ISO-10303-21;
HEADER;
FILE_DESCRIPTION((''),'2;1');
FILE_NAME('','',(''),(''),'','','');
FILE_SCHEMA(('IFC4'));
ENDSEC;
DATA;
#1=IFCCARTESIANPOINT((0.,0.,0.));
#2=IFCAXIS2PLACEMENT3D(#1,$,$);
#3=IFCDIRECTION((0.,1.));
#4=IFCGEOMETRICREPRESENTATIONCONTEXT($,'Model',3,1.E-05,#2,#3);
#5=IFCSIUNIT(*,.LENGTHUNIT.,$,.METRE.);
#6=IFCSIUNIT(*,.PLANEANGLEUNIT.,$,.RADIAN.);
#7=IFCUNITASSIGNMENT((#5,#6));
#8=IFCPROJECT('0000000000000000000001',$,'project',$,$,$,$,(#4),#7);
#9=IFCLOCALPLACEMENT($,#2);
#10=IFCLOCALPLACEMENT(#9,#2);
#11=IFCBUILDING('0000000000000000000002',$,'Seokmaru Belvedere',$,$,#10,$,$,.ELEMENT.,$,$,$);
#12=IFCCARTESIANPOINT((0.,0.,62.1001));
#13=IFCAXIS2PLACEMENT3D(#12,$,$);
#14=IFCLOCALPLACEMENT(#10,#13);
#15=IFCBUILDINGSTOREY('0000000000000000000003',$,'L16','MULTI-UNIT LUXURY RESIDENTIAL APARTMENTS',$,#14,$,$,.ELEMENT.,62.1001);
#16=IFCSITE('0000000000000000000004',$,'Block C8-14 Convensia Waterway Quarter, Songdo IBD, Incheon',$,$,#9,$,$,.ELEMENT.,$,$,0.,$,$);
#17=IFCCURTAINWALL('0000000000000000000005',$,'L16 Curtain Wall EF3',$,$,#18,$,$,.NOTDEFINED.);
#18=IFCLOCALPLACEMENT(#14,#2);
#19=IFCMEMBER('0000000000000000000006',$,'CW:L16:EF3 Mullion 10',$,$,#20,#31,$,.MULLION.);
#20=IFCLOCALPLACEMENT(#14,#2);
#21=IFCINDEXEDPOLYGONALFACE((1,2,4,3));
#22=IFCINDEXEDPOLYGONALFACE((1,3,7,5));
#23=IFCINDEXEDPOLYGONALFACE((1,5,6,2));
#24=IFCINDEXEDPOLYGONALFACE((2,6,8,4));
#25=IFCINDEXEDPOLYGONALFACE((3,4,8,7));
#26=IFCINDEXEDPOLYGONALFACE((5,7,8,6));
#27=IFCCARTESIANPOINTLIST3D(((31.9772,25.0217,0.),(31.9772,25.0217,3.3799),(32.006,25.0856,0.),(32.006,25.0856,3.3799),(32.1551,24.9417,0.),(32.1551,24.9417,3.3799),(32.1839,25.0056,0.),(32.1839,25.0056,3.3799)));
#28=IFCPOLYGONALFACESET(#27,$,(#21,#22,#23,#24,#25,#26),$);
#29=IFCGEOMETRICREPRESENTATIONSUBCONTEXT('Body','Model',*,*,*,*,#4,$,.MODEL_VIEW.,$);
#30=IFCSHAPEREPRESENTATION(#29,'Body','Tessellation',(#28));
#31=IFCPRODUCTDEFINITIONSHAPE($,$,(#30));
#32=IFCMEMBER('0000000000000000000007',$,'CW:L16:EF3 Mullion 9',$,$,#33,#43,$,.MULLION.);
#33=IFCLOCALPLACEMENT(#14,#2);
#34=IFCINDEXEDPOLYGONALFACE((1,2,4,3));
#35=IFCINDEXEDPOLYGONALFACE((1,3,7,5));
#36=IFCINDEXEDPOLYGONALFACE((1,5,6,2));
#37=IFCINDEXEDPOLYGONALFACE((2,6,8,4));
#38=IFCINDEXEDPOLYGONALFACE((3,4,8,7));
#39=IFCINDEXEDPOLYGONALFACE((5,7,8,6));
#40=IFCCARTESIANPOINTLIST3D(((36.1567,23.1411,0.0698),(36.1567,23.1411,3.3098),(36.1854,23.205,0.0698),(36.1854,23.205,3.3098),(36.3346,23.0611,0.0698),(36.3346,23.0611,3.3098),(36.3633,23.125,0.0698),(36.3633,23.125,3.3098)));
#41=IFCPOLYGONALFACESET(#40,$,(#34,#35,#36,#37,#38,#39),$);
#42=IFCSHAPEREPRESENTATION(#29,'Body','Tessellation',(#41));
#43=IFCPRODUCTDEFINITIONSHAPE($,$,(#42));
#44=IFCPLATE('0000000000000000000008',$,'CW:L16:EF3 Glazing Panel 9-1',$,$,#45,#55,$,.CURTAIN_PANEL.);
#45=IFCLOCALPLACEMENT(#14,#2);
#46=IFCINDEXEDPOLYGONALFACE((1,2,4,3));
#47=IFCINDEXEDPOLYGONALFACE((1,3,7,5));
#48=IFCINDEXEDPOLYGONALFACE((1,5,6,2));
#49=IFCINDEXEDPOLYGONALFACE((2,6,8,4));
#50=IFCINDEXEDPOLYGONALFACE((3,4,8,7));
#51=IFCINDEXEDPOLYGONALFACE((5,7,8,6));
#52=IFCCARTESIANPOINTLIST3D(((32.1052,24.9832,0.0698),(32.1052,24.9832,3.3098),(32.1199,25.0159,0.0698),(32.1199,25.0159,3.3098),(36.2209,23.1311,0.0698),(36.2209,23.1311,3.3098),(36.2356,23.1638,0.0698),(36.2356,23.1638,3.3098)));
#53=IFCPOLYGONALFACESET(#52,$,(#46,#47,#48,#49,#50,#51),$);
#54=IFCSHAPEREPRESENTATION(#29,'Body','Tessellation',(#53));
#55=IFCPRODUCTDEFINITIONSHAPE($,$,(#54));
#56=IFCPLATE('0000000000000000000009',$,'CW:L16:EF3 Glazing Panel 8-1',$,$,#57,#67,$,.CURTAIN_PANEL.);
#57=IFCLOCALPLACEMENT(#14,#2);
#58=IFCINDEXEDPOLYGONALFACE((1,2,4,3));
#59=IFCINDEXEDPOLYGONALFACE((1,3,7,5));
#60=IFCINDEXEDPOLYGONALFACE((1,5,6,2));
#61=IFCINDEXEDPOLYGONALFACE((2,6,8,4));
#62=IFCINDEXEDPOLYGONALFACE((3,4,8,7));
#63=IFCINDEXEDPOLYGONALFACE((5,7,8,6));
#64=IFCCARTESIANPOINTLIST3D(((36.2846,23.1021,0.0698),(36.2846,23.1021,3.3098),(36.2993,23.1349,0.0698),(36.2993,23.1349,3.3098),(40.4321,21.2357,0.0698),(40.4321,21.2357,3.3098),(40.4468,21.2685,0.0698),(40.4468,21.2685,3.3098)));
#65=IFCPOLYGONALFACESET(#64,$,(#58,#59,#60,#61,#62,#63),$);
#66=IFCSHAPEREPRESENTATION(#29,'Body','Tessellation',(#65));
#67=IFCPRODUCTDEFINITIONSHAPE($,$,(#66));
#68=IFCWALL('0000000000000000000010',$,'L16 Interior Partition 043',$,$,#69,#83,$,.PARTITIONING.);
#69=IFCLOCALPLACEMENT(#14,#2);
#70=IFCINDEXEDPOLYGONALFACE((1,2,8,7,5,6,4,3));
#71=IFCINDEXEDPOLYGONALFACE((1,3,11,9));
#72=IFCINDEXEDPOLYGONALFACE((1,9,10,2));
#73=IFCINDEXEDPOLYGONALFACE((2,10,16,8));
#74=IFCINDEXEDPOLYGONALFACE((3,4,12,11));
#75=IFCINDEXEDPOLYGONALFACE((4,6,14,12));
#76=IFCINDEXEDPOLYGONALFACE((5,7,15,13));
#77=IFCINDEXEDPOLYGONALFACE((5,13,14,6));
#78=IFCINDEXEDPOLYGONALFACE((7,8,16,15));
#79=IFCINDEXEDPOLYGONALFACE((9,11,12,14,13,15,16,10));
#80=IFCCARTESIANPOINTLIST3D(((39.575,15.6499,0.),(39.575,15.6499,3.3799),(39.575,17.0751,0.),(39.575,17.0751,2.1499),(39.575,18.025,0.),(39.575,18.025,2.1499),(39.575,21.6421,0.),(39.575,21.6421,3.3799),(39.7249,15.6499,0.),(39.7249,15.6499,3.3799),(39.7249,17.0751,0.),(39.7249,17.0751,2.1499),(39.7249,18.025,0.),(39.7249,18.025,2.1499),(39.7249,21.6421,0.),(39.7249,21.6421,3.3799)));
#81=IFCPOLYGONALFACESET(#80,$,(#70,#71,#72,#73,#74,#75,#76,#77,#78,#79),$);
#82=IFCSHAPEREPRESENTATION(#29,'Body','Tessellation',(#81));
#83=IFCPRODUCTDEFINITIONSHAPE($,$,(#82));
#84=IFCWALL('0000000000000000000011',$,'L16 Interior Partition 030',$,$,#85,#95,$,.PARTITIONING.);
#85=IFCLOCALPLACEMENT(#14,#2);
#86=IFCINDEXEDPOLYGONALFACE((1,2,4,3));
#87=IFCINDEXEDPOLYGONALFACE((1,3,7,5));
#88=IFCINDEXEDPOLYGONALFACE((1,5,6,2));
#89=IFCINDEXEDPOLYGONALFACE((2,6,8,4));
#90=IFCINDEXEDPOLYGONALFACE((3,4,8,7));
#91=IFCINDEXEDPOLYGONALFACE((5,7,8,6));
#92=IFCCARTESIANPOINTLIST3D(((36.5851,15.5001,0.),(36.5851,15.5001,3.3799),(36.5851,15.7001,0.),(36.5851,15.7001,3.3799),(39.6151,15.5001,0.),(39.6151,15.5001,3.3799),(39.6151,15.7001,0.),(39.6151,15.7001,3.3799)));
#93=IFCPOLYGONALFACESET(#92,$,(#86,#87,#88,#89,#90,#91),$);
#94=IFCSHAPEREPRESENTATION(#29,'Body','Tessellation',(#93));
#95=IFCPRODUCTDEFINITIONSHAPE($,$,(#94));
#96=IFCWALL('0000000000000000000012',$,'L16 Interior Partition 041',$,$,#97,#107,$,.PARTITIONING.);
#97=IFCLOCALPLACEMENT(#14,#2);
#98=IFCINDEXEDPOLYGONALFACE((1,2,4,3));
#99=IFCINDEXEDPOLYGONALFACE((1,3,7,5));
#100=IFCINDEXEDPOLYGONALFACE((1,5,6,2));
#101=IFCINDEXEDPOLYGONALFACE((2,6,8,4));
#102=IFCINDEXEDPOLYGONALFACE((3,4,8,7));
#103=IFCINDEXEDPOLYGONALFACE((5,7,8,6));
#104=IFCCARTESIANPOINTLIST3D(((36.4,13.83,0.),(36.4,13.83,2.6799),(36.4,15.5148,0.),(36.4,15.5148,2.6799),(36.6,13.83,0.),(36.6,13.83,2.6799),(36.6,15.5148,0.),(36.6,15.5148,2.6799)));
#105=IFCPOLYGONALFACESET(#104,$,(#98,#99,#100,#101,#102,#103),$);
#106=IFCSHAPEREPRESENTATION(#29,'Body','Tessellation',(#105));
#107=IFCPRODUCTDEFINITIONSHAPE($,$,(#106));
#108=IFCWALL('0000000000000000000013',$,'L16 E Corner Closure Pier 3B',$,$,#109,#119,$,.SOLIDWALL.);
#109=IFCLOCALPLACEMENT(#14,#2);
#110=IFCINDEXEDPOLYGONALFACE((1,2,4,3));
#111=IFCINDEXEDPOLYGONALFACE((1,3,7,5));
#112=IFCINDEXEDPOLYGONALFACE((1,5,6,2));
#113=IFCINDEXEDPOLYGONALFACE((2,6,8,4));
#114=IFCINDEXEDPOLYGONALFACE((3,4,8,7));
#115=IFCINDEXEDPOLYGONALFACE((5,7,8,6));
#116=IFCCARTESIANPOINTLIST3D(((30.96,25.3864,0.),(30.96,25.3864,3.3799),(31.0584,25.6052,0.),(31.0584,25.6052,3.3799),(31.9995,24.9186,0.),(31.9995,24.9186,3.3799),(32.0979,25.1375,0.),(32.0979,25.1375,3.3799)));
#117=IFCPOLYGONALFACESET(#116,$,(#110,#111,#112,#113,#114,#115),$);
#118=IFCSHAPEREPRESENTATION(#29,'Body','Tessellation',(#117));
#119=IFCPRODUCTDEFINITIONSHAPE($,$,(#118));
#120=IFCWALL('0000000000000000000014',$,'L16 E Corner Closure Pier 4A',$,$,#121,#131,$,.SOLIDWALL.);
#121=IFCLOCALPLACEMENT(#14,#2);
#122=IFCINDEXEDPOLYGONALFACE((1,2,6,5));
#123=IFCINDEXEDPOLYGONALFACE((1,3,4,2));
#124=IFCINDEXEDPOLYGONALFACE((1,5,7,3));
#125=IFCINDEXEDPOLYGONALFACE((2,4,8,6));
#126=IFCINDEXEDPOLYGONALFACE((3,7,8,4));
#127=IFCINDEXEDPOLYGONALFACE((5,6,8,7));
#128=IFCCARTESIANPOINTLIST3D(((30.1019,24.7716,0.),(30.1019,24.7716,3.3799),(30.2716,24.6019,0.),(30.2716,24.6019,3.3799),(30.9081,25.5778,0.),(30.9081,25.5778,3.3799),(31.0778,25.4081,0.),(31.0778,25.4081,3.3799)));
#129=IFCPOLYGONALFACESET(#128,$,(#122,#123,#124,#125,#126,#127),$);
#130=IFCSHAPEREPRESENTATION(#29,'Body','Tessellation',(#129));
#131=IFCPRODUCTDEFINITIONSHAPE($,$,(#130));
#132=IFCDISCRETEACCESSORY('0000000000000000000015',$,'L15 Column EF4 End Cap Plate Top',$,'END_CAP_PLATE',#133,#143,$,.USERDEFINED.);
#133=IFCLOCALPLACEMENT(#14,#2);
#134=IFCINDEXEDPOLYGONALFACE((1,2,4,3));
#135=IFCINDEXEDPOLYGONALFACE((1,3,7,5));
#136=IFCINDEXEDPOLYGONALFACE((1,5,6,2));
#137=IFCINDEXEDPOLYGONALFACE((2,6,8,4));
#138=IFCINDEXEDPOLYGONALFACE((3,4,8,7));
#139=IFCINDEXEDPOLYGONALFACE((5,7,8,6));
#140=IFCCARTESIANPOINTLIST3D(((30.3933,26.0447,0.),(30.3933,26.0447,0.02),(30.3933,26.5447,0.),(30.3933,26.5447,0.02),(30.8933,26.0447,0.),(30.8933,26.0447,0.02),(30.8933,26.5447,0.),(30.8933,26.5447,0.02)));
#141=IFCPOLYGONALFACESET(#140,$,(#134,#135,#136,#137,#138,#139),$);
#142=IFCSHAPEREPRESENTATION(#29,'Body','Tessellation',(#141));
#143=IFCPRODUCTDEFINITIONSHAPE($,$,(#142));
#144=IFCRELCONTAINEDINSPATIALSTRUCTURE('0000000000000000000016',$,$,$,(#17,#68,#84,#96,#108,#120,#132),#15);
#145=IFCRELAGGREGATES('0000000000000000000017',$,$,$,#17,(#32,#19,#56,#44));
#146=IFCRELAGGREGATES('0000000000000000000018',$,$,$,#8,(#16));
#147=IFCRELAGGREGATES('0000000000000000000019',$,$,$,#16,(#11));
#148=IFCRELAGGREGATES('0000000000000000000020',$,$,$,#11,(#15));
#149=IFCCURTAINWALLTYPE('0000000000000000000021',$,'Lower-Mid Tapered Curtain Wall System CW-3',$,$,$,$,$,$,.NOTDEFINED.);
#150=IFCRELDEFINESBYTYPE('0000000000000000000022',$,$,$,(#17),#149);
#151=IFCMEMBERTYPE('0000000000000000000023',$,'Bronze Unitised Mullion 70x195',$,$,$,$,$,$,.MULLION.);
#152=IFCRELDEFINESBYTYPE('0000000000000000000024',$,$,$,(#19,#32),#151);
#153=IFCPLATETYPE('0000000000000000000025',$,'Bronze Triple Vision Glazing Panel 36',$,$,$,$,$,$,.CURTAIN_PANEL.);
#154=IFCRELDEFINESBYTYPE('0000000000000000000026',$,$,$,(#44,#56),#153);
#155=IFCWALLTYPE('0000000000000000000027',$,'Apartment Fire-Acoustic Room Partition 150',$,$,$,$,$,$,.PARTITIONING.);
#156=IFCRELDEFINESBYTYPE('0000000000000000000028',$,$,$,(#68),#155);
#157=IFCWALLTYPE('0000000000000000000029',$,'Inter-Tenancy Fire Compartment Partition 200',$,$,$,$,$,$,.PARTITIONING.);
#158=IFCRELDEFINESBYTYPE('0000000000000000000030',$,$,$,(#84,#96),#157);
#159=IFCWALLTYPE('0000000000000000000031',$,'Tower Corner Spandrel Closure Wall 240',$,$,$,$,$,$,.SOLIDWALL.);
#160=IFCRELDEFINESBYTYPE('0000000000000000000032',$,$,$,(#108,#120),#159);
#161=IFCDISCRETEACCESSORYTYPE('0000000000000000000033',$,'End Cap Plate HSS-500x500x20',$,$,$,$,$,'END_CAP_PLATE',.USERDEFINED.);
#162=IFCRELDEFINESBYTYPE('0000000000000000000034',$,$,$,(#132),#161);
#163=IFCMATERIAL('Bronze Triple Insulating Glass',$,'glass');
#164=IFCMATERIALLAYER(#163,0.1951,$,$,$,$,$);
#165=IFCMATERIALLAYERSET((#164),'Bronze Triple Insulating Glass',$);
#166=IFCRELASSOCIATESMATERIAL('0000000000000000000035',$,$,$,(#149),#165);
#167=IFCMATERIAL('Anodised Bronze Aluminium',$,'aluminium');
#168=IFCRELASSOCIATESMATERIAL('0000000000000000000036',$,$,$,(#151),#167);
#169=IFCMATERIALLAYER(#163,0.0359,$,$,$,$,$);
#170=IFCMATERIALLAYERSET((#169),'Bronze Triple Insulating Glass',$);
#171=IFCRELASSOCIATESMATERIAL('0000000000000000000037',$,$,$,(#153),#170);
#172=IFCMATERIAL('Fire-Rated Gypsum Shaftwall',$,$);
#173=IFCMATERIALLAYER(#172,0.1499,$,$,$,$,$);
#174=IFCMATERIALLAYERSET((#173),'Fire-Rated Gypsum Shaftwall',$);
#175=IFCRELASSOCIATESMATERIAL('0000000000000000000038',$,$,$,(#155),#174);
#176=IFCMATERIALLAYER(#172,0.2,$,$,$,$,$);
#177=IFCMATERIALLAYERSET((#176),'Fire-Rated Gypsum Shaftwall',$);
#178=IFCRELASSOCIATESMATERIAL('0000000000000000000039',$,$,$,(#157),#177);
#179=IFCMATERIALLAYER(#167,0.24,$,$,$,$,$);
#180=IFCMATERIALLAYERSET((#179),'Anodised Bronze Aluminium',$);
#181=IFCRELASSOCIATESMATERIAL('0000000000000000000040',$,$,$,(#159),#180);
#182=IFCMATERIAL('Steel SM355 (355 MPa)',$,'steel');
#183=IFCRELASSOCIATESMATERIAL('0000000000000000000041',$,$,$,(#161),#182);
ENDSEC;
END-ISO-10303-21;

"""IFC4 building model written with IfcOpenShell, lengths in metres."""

from ifc_helpers import new_model, si_unit, direction, frame, frame_2d, origin, origin_2d, place, context, subcontext, project, spatial, rectangle, extrude, source, transform, mapped, material, layer, layer_set, material_profile, profile_set, type_object, type_shapes, element, aggregate, save


model = new_model("IFC4")

# Units and contexts
model_context = context("Model", 3, precision=1e-05, world=origin(), true_north=direction((0.0, 1.0)))
body_context = subcontext(model_context, "Body", "Model", "MODEL_VIEW")
ifc_project = project(units=[si_unit("LENGTHUNIT", "METRE"), si_unit("PLANEANGLEUNIT", "RADIAN")], contexts=[model_context])

# Site, building, storey
site_placement = place(None, origin())
site = spatial("IfcSite", under=ifc_project, at=site_placement, Name="Block C8-14 Convensia Waterway Quarter, Songdo IBD, Incheon", CompositionType="ELEMENT", RefElevation=0.0)
building_placement = place(site_placement, origin())
building = spatial("IfcBuilding", under=site, at=building_placement, Name="Seokmaru Belvedere", CompositionType="ELEMENT")
storey_placement = place(building_placement, frame((0.0, 0.0, 62.1001)))
storey = spatial("IfcBuildingStorey", under=building, at=storey_placement, Name="L16", Description="MULTI-UNIT LUXURY RESIDENTIAL APARTMENTS", CompositionType="ELEMENT", Elevation=62.1001)

# Shared definitions
ifc_material_1 = material(Name="Steel SM355 (355 MPa)", Category="steel")

# Curtain wall, members, plates
ifc_material_2 = material(Name="Bronze Triple Insulating Glass", Category="glass")
ifc_layer_1 = layer(ifc_material_2, 0.1951)
ifc_layer_set_1 = layer_set([ifc_layer_1], Name="Bronze Triple Insulating Glass")
curtain_wall_type = type_object("IfcCurtainWallType", Name="Lower-Mid Tapered Curtain Wall System CW-3", PredefinedType="NOTDEFINED", material=ifc_layer_set_1)
curtain_wall_placement = place(storey_placement, origin())
curtain_wall = element("IfcCurtainWall", 1, at=curtain_wall_placement, inside=storey, type_object=curtain_wall_type, Name="L16 Curtain Wall EF3", PredefinedType="NOTDEFINED")
ifc_material_3 = material(Name="Anodised Bronze Aluminium", Category="aluminium")
ifc_material_profile_1 = material_profile(ifc_material_3, rectangle(XDim=0.0701, YDim=0.1951, at=origin_2d()), Name="CW-M-70x195")
ifc_profile_set_1 = profile_set([ifc_material_profile_1], Name="Anodised Bronze Aluminium")
member_type = type_object("IfcMemberType", Name="Bronze Unitised Mullion 70x195", PredefinedType="MULLION", material=ifc_profile_set_1)
shared_shape_1 = source(origin(), body_context, "Body", "SweptSolid", [
    extrude(rectangle(XDim=0.0701, YDim=0.1951, at=origin_2d()), origin(), (0.0, 0.0, 1.0), 3.3799),
])
member_1_placement = place(storey_placement, frame((32.0806, 25.0137, 0.0), z_axis=(0.0, 0.0, 1.0), x_axis=(-0.410366, -0.911921, 0.0)))
member_1 = element("IfcMember", 2, at=member_1_placement, type_object=member_type, Name="CW:L16:EF3 Mullion 10", PredefinedType="MULLION", context=body_context, shape_type="MappedRepresentation", body=[
    mapped(shared_shape_1, transform((0.0, 0.0, 0.0), scale=1.0)),
])
shared_shape_2 = source(origin(), body_context, "Body", "SweptSolid", [
    extrude(rectangle(XDim=0.0701, YDim=0.1951, at=origin_2d()), origin(), (0.0, 0.0, 1.0), 3.24),
])
type_shapes(member_type, [shared_shape_1, shared_shape_2])
member_2_placement = place(storey_placement, frame((36.26, 23.1331, 0.0698), z_axis=(0.0, 0.0, 1.0), x_axis=(-0.410366, -0.911921, 0.0)))
member_2 = element("IfcMember", 3, at=member_2_placement, type_object=member_type, Name="CW:L16:EF3 Mullion 9", PredefinedType="MULLION", context=body_context, shape_type="MappedRepresentation", body=[
    mapped(shared_shape_2, transform((0.0, 0.0, 0.0), scale=1.0)),
])
ifc_layer_2 = layer(ifc_material_2, 0.0359)
ifc_layer_set_2 = layer_set([ifc_layer_2], Name="Bronze Triple Insulating Glass")
plate_type = type_object("IfcPlateType", Name="Bronze Triple Vision Glazing Panel 36", PredefinedType="CURTAIN_PANEL", material=ifc_layer_set_2)
shared_shape_3 = source(origin(), body_context, "Body", "SweptSolid", [
    extrude(rectangle(XDim=4.5132, YDim=0.0359, at=origin_2d()), origin(), (0.0, 0.0, 1.0), 3.24),
])
plate_1_placement = place(storey_placement, frame((34.1704, 24.0735, 0.0698), z_axis=(0.0, 0.0, 1.0), x_axis=(-0.911921, 0.410366, 0.0)))
plate_1 = element("IfcPlate", 4, at=plate_1_placement, type_object=plate_type, Name="CW:L16:EF3 Glazing Panel 9-1", PredefinedType="CURTAIN_PANEL", context=body_context, shape_type="MappedRepresentation", body=[
    mapped(shared_shape_3, transform((0.0, 0.0, 0.0), scale=1.0)),
])
shared_shape_4 = source(origin(), body_context, "Body", "SweptSolid", [
    extrude(rectangle(XDim=4.5481, YDim=0.0359, at=origin_2d()), origin(), (0.0, 0.0, 1.0), 3.24),
])
type_shapes(plate_type, [shared_shape_3, shared_shape_4])
plate_2_placement = place(storey_placement, frame((38.3657, 22.1853, 0.0698), z_axis=(0.0, 0.0, 1.0), x_axis=(-0.911921, 0.410366, 0.0)))
plate_2 = element("IfcPlate", 5, at=plate_2_placement, type_object=plate_type, Name="CW:L16:EF3 Glazing Panel 8-1", PredefinedType="CURTAIN_PANEL", context=body_context, shape_type="MappedRepresentation", body=[
    mapped(shared_shape_4, transform((0.0, 0.0, 0.0), scale=1.0)),
])
aggregate(curtain_wall, [member_2, member_1, plate_2, plate_1])

# Wall, opening
ifc_material_4 = material(Name="Fire-Rated Gypsum Shaftwall")
ifc_layer_3 = layer(ifc_material_4, 0.1499)
ifc_layer_set_3 = layer_set([ifc_layer_3], Name="Fire-Rated Gypsum Shaftwall")
wall_type_1 = type_object("IfcWallType", Name="Apartment Fire-Acoustic Room Partition 150", PredefinedType="PARTITIONING", material=ifc_layer_set_3)
wall_1_placement = place(storey_placement, frame((39.6499, 15.6499, 0.0), z_axis=(0.0, 0.0, 1.0), x_axis=(0.0, 1.0, 0.0)))
wall_1 = element("IfcWall", 6, at=wall_1_placement, inside=storey, type_object=wall_type_1, Name="L16 Interior Partition 043", PredefinedType="PARTITIONING", context=body_context, shape_type="SweptSolid", body=[
    extrude(rectangle(XDim=5.9922, YDim=0.1499, at=frame_2d((2.9961, 0.0))), origin(), (0.0, 0.0, 1.0), 3.3799),
])
opening_placement = place(wall_1_placement, frame((1.425, 0.0, 0.0)))
element("IfcOpeningElement", 7, at=opening_placement, cuts=wall_1, PredefinedType="OPENING", context=body_context, shape_type="SweptSolid", body=[
    extrude(rectangle(XDim=0.95, YDim=2.1499, at=frame_2d((0.4751, 1.075))), frame((0.0, 0.085, 0.0), z_axis=(0.0, -1.0, 0.0), x_axis=(1.0, 0.0, 0.0)), (0.0, 0.0, 1.0), 0.1699),
])

# Walls
ifc_layer_4 = layer(ifc_material_4, 0.2)
ifc_layer_set_4 = layer_set([ifc_layer_4], Name="Fire-Rated Gypsum Shaftwall")
wall_type_2 = type_object("IfcWallType", Name="Inter-Tenancy Fire Compartment Partition 200", PredefinedType="PARTITIONING", material=ifc_layer_set_4)
wall_2_placement = place(storey_placement, frame((36.585, 15.6001, 0.0), z_axis=(0.0, 0.0, 1.0), x_axis=(1.0, 0.0, 0.0)))
element("IfcWall", 8, at=wall_2_placement, inside=storey, type_object=wall_type_2, Name="L16 Interior Partition 030", PredefinedType="PARTITIONING", context=body_context, shape_type="SweptSolid", body=[
    extrude(rectangle(XDim=3.03, YDim=0.2, at=frame_2d((1.5151, 0.0))), origin(), (0.0, 0.0, 1.0), 3.3799),
])
wall_3_placement = place(storey_placement, frame((36.5, 13.8301, 0.0), z_axis=(0.0, 0.0, 1.0), x_axis=(0.0, 1.0, 0.0)))
element("IfcWall", 9, at=wall_3_placement, inside=storey, type_object=wall_type_2, Name="L16 Interior Partition 041", PredefinedType="PARTITIONING", context=body_context, shape_type="SweptSolid", body=[
    extrude(rectangle(XDim=1.6848, YDim=0.2, at=frame_2d((0.8423, 0.0))), origin(), (0.0, 0.0, 1.0), 2.6799),
])
ifc_layer_5 = layer(ifc_material_3, 0.24)
ifc_layer_set_5 = layer_set([ifc_layer_5], Name="Anodised Bronze Aluminium")
wall_type_3 = type_object("IfcWallType", Name="Tower Corner Spandrel Closure Wall 240", PredefinedType="SOLIDWALL", material=ifc_layer_set_5)
wall_4_placement = place(storey_placement, frame((32.0486, 25.0281, 0.0), z_axis=(0.0, 0.0, 1.0), x_axis=(-0.91193, 0.410347, 0.0)))
element("IfcWall", 10, at=wall_4_placement, inside=storey, type_object=wall_type_3, Name="L16 E Corner Closure Pier 3B", PredefinedType="SOLIDWALL", context=body_context, shape_type="SweptSolid", body=[
    extrude(rectangle(XDim=1.1399, YDim=0.24, at=frame_2d((0.5698, 0.0))), origin(), (0.0, 0.0, 1.0), 3.3799),
])
wall_5_placement = place(storey_placement, frame((30.9929, 25.4929, 0.0), z_axis=(0.0, 0.0, 1.0), x_axis=(-0.707107, -0.707107, 0.0)))
element("IfcWall", 11, at=wall_5_placement, inside=storey, type_object=wall_type_3, Name="L16 E Corner Closure Pier 4A", PredefinedType="SOLIDWALL", context=body_context, shape_type="SweptSolid", body=[
    extrude(rectangle(XDim=1.1401, YDim=0.24, at=frame_2d((0.5701, 0.0))), origin(), (0.0, 0.0, 1.0), 3.3799),
])

# Discrete accessory
discrete_accessory_type = type_object("IfcDiscreteAccessoryType", Name="End Cap Plate HSS-500x500x20", ElementType="END_CAP_PLATE", PredefinedType="USERDEFINED", material=ifc_material_1)
shared_shape_5 = source(origin(), body_context, "Body", "SweptSolid", [
    extrude(rectangle(XDim=0.5, YDim=0.5, at=origin_2d()), origin(), (0.0, 0.0, 1.0), 0.02),
])
type_shapes(discrete_accessory_type, [shared_shape_5])
discrete_accessory_placement = place(storey_placement, frame((30.6433, 26.2947, 0.0), z_axis=(0.0, 0.0, 1.0), x_axis=(1.0, 0.0, 0.0)))
element("IfcDiscreteAccessory", 12, at=discrete_accessory_placement, inside=storey, type_object=discrete_accessory_type, Name="L15 Column EF4 End Cap Plate Top", ObjectType="END_CAP_PLATE", PredefinedType="USERDEFINED", context=body_context, shape_type="MappedRepresentation", body=[
    mapped(shared_shape_5, transform((0.0, 0.0, 0.0), scale=1.0)),
])

save(model, "model.ifc")
